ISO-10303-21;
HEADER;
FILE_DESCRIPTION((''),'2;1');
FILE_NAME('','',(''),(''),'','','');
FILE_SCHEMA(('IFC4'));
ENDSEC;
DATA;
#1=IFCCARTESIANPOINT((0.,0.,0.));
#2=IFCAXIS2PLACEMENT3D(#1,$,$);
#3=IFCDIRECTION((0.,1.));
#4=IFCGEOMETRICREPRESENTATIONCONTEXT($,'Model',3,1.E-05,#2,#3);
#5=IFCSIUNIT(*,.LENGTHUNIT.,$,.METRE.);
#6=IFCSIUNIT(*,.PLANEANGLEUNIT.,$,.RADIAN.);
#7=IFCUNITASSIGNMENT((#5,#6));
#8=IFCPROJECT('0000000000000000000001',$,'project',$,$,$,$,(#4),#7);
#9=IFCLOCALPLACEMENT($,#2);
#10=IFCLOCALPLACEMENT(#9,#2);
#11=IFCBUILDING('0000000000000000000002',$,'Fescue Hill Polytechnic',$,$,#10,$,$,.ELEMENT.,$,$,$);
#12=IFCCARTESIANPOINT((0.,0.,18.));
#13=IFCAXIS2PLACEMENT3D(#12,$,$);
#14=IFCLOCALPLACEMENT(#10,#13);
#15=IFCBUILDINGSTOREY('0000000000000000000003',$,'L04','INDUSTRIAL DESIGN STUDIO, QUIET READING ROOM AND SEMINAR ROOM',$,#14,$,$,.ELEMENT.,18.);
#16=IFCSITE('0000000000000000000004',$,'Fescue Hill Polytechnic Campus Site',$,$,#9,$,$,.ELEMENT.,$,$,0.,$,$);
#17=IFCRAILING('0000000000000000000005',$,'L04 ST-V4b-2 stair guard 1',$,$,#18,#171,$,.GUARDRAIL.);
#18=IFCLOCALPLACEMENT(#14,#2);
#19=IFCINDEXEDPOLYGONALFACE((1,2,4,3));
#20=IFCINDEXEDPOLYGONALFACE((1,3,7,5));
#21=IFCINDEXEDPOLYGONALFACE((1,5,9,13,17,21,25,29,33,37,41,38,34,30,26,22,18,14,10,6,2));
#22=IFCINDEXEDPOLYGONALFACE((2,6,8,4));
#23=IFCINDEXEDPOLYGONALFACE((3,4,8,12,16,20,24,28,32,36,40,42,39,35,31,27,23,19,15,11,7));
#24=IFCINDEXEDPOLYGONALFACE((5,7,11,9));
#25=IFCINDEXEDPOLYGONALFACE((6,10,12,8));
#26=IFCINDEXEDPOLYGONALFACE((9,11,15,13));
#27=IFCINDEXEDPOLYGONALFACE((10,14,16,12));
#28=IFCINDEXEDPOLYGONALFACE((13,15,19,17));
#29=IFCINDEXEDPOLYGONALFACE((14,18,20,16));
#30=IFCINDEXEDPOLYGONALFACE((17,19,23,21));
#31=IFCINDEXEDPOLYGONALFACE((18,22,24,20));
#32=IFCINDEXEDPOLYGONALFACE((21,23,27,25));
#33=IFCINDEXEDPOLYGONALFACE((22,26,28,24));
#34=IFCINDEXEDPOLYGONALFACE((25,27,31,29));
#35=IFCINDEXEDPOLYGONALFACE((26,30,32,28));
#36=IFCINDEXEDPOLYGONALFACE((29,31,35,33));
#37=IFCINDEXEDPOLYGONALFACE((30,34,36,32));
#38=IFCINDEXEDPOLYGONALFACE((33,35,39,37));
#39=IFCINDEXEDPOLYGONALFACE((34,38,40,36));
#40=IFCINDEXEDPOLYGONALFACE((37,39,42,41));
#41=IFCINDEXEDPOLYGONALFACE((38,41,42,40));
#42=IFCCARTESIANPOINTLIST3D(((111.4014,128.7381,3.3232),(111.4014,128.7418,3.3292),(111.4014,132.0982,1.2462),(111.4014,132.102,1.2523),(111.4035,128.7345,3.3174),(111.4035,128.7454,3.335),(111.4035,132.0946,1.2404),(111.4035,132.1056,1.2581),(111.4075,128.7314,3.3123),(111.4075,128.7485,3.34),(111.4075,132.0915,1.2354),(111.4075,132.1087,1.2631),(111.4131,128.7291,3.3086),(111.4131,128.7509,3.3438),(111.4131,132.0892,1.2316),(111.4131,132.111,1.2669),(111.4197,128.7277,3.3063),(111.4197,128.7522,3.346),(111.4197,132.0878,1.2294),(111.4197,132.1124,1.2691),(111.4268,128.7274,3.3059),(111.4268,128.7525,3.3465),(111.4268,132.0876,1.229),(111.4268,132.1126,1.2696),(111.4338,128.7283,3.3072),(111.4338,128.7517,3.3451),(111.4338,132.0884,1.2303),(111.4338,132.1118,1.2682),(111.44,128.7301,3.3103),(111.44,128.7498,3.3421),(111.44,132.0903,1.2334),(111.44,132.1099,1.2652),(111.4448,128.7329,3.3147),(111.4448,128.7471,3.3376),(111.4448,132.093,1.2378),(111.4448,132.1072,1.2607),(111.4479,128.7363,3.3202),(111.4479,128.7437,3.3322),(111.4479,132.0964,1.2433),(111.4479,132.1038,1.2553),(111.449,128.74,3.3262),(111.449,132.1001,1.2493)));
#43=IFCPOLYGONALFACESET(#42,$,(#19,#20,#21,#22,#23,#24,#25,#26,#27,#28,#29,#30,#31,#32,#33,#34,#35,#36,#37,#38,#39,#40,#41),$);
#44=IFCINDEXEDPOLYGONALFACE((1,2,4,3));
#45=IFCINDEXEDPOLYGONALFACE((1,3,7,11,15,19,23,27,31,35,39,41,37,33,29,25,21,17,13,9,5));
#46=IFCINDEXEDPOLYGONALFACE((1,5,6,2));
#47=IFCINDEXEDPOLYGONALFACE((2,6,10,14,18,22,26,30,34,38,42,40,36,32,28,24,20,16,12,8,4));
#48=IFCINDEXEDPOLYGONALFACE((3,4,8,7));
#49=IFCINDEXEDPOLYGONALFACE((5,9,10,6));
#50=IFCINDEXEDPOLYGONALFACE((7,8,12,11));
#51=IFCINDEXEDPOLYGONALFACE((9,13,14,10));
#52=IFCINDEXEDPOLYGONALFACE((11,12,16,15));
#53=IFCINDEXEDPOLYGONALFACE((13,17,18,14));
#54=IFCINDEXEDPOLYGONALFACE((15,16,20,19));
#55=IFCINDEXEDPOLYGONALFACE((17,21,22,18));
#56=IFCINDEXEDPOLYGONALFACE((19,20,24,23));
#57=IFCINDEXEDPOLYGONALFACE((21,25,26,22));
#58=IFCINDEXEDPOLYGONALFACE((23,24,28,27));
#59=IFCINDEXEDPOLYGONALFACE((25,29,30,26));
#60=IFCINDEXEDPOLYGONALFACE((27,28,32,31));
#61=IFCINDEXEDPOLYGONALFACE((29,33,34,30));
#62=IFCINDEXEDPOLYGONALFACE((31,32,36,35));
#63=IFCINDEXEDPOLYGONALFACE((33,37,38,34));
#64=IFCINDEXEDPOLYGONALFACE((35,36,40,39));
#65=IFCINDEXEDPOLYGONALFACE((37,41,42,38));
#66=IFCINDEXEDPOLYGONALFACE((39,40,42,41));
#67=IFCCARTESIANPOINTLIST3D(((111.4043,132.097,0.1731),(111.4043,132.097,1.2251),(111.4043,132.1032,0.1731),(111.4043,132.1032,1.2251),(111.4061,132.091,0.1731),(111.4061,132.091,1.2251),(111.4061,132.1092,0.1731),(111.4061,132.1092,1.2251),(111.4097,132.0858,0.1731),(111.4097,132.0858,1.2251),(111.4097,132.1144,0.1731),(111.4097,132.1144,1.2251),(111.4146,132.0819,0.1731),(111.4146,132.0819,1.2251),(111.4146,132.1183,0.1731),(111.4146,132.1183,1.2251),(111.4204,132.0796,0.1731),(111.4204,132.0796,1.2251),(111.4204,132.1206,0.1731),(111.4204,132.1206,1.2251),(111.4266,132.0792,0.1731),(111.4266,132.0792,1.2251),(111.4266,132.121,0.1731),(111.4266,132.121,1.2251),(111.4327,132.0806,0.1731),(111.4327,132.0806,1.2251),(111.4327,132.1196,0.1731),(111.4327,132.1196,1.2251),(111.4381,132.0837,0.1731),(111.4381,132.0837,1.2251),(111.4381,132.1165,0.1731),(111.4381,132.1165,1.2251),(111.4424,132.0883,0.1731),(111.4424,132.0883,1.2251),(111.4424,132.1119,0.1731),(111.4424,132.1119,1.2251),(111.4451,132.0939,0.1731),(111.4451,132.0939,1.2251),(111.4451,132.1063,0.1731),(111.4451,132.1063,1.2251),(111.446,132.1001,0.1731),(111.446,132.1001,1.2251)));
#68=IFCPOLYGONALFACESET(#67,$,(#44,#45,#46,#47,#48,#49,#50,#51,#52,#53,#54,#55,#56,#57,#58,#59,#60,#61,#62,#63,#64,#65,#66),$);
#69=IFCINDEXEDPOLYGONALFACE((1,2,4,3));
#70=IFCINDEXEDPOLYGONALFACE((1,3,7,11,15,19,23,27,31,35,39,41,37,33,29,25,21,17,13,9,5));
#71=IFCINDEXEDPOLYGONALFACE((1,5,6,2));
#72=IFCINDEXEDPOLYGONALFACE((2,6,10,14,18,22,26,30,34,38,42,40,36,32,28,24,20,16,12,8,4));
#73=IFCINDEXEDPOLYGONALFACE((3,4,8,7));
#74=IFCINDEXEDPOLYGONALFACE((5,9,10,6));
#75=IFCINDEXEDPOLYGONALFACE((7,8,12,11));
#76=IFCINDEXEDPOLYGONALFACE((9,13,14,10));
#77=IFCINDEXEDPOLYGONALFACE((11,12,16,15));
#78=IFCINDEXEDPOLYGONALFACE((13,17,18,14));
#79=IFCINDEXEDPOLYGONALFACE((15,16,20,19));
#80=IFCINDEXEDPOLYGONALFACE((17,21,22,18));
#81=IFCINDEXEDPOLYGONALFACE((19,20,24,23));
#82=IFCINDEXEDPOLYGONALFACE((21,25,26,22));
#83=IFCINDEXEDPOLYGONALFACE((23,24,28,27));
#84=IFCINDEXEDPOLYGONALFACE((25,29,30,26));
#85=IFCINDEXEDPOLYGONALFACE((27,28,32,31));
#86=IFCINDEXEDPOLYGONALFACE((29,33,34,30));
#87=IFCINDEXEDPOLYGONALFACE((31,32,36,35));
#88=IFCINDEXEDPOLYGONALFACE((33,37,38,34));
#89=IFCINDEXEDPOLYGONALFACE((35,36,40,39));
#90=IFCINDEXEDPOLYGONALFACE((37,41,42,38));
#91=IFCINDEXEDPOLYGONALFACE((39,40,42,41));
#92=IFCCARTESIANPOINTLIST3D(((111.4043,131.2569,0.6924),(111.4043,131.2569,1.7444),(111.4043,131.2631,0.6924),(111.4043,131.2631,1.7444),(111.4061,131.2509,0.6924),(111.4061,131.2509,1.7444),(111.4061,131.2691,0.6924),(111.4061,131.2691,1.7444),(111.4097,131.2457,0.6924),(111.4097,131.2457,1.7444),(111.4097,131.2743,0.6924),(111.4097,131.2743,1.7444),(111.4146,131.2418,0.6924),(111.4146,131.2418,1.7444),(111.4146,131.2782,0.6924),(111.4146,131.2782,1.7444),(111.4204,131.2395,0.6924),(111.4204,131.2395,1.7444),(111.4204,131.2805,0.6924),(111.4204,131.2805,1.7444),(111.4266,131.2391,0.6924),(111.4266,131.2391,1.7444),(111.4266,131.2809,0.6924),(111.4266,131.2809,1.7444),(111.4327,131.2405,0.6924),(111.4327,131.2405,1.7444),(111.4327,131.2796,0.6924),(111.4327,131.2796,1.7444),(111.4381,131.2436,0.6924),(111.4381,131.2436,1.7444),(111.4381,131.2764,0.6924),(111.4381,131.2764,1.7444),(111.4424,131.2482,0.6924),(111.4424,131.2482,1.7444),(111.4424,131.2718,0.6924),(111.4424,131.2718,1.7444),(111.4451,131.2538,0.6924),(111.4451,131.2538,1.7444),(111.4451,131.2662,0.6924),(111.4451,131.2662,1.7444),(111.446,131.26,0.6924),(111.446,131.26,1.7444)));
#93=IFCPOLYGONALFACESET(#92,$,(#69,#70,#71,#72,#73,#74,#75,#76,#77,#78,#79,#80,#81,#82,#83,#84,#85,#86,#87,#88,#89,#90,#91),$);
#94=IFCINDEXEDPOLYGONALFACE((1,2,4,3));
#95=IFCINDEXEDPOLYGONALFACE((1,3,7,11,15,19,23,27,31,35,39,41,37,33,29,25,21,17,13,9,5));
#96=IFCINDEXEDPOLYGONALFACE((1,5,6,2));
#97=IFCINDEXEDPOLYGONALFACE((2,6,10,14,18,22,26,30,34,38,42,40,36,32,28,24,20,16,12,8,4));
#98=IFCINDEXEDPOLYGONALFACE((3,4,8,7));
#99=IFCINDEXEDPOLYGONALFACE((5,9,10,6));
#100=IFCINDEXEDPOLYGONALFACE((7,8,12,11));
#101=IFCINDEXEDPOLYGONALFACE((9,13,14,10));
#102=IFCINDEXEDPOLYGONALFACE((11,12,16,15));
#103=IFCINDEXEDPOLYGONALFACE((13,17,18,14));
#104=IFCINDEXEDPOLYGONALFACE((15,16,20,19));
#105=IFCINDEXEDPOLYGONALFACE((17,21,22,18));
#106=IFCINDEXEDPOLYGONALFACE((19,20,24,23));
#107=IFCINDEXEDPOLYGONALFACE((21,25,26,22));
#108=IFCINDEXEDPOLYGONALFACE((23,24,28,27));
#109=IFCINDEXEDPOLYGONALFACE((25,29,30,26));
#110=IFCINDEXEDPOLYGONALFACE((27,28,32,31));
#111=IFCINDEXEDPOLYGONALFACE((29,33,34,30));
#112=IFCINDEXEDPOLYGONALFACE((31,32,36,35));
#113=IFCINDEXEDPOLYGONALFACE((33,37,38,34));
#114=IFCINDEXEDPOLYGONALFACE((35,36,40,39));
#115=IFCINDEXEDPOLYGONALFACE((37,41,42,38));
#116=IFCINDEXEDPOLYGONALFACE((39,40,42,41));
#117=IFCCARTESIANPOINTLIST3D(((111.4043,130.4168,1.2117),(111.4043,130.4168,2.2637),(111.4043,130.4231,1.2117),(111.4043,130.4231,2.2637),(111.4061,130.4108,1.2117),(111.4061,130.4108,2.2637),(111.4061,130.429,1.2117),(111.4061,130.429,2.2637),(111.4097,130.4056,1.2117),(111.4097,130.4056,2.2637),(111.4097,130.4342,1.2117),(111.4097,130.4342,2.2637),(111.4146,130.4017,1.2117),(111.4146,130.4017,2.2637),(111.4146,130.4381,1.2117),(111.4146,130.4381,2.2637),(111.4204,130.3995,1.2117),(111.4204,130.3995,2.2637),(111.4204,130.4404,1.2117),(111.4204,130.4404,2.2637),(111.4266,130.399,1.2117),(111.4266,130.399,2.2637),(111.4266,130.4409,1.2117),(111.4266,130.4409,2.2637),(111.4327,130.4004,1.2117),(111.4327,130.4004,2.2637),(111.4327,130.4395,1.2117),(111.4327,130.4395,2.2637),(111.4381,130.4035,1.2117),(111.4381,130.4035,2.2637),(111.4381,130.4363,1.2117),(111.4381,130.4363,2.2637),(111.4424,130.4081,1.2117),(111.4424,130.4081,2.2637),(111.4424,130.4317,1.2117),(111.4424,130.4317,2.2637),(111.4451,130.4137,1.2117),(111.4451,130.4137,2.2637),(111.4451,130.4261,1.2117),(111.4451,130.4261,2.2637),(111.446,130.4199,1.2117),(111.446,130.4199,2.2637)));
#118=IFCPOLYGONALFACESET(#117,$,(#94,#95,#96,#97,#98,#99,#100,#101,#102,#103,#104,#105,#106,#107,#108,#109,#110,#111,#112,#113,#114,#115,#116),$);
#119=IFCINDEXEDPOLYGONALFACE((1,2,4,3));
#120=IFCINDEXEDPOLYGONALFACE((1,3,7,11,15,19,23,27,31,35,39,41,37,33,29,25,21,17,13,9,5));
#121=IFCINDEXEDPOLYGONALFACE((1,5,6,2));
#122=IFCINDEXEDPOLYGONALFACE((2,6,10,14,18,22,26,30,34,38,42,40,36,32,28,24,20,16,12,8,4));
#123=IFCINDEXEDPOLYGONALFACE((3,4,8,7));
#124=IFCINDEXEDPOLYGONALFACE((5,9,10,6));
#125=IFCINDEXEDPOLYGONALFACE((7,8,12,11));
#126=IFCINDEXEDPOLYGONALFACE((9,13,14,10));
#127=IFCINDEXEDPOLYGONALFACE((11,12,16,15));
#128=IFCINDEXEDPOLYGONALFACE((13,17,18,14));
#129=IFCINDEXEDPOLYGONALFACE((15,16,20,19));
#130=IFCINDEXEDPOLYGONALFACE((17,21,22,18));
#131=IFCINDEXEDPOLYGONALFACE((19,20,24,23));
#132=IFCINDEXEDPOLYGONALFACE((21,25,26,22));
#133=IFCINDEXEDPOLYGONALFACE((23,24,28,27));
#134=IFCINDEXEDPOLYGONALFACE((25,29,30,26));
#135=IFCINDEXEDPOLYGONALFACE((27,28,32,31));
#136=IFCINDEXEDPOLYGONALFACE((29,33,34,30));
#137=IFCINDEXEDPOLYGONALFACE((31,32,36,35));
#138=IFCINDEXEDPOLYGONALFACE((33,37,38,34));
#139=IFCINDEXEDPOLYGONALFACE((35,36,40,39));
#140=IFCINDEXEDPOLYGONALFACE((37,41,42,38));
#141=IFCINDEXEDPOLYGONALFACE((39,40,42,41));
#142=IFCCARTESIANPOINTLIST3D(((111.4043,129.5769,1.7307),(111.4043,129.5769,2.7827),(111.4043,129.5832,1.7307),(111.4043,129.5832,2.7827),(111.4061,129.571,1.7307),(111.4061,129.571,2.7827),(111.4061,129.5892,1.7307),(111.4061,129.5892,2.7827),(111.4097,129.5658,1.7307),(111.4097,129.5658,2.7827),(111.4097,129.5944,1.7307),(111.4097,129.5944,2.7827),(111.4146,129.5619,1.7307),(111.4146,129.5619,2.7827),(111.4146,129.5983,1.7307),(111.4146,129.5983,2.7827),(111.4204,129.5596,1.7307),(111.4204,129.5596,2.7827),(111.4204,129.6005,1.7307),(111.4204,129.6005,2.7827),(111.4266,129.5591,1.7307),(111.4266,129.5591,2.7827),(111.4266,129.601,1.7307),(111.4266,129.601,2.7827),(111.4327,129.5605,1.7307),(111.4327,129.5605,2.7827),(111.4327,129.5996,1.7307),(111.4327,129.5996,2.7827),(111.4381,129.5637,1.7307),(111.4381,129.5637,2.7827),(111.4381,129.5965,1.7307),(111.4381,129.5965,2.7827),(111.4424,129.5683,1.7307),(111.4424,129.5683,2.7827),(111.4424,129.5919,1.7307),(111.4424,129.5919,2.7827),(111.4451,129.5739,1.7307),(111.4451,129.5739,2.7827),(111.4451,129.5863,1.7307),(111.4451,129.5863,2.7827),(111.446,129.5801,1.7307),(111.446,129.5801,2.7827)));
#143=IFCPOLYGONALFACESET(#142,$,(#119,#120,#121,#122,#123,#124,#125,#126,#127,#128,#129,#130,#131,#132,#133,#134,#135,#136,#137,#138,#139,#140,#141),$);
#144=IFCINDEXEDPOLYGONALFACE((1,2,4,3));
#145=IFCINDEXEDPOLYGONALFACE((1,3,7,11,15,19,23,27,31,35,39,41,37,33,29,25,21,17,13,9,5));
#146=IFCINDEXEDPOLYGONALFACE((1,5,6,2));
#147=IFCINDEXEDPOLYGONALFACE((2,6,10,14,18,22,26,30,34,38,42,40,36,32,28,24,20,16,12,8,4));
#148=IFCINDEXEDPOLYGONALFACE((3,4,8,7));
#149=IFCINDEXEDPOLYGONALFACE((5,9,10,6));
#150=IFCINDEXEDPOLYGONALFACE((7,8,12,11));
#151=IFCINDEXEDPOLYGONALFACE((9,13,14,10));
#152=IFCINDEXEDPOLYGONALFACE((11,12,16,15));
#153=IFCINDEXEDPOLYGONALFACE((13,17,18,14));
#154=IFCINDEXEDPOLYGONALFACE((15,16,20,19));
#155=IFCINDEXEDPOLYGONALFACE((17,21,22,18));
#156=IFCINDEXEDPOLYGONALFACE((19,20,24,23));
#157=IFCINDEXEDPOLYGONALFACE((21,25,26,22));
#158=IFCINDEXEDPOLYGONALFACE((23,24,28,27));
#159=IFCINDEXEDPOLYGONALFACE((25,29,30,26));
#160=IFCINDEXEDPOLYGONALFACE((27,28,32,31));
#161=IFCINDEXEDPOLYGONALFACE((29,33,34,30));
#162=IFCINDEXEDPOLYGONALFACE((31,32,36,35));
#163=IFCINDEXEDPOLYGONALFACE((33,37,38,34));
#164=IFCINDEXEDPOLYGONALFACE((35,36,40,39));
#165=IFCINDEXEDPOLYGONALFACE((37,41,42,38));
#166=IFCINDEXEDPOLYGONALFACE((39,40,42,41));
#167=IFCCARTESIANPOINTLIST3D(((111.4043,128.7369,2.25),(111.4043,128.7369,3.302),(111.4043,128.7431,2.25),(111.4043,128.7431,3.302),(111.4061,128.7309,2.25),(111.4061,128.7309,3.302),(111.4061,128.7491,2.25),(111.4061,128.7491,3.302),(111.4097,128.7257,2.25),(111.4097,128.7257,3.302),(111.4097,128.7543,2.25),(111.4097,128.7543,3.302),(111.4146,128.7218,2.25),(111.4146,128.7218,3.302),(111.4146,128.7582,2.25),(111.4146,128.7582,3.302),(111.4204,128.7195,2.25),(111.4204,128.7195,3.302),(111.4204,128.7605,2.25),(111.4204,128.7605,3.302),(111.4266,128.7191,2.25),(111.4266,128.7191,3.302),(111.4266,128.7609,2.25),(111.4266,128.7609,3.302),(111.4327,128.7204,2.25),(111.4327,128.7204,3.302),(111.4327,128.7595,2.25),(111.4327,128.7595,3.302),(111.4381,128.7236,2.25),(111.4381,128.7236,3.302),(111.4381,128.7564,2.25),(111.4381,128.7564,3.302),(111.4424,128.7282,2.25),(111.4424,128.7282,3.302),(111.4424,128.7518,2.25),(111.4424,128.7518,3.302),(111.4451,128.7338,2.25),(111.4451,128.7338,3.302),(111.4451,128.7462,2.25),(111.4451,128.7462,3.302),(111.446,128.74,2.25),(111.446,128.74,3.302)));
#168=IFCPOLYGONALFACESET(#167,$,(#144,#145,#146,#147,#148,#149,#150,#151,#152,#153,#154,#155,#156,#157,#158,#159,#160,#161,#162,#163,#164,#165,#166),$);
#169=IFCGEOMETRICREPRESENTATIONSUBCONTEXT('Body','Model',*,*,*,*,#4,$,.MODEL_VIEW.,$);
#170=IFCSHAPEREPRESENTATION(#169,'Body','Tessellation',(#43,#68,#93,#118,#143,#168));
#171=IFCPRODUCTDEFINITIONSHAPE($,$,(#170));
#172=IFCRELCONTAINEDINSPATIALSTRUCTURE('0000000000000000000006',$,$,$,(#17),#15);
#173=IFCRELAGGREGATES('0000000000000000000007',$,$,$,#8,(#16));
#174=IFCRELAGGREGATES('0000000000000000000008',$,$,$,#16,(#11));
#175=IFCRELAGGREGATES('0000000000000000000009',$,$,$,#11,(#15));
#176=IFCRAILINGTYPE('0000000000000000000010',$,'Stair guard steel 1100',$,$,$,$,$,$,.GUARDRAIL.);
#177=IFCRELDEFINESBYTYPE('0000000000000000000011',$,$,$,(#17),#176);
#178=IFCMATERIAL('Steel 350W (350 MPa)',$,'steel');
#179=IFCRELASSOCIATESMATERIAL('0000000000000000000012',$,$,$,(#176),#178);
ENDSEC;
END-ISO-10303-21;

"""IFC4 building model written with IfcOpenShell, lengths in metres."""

from ifc_helpers import new_model, si_unit, direction, frame, origin, origin_2d, place, context, subcontext, project, spatial, circle, extrude, material, type_object, element, save


model = new_model("IFC4")

# Units and contexts
model_context = context("Model", 3, precision=1e-05, world=origin(), true_north=direction((0.0, 1.0)))
body_context = subcontext(model_context, "Body", "Model", "MODEL_VIEW")
ifc_project = project(units=[si_unit("LENGTHUNIT", "METRE"), si_unit("PLANEANGLEUNIT", "RADIAN")], contexts=[model_context])

# Site, building, storey
site_placement = place(None, origin())
site = spatial("IfcSite", under=ifc_project, at=site_placement, Name="Fescue Hill Polytechnic Campus Site", CompositionType="ELEMENT", RefElevation=0.0)
building_placement = place(site_placement, origin())
building = spatial("IfcBuilding", under=site, at=building_placement, Name="Fescue Hill Polytechnic", CompositionType="ELEMENT")
storey_placement = place(building_placement, frame((0.0, 0.0, 18.0)))
storey = spatial("IfcBuildingStorey", under=building, at=storey_placement, Name="L04", Description="INDUSTRIAL DESIGN STUDIO, QUIET READING ROOM AND SEMINAR ROOM", CompositionType="ELEMENT", Elevation=18.0)

# Railing
ifc_material_1 = material(Name="Steel 350W (350 MPa)", Category="steel")
railing_type_1 = type_object("IfcRailingType", Name="Stair guard steel 1100", PredefinedType="GUARDRAIL", material=ifc_material_1)
railing_1_placement = place(storey_placement, frame((111.425, 132.1001, 0.1731)))
element("IfcRailing", 1, at=railing_1_placement, inside=storey, type_object=railing_type_1, Name="L04 ST-V4b-2 stair guard 1", PredefinedType="GUARDRAIL", context=body_context, shape_type="SweptSolid", body=[
    extrude(circle(Radius=0.0239, at=origin_2d()), frame((0.0, 0.0, 1.0762), z_axis=(0.0, -0.850623, 0.525776), x_axis=(1.0, 0.0, 0.0)), (0.0, 0.0, 1.0), 3.9502),
    extrude(circle(Radius=0.021, at=origin_2d()), origin(), (0.0, 0.0, 1.0), 1.052),
    extrude(circle(Radius=0.021, at=origin_2d()), frame((0.0, -0.8401, 0.5193)), (0.0, 0.0, 1.0), 1.052),
    extrude(circle(Radius=0.021, at=origin_2d()), frame((0.0, -1.6802, 1.0386)), (0.0, 0.0, 1.0), 1.052),
    extrude(circle(Radius=0.021, at=origin_2d()), frame((0.0, -2.52, 1.5576)), (0.0, 0.0, 1.0), 1.052),
    extrude(circle(Radius=0.021, at=origin_2d()), frame((0.0, -3.3601, 2.0769)), (0.0, 0.0, 1.0), 1.052),
])

save(model, "model.ifc")
